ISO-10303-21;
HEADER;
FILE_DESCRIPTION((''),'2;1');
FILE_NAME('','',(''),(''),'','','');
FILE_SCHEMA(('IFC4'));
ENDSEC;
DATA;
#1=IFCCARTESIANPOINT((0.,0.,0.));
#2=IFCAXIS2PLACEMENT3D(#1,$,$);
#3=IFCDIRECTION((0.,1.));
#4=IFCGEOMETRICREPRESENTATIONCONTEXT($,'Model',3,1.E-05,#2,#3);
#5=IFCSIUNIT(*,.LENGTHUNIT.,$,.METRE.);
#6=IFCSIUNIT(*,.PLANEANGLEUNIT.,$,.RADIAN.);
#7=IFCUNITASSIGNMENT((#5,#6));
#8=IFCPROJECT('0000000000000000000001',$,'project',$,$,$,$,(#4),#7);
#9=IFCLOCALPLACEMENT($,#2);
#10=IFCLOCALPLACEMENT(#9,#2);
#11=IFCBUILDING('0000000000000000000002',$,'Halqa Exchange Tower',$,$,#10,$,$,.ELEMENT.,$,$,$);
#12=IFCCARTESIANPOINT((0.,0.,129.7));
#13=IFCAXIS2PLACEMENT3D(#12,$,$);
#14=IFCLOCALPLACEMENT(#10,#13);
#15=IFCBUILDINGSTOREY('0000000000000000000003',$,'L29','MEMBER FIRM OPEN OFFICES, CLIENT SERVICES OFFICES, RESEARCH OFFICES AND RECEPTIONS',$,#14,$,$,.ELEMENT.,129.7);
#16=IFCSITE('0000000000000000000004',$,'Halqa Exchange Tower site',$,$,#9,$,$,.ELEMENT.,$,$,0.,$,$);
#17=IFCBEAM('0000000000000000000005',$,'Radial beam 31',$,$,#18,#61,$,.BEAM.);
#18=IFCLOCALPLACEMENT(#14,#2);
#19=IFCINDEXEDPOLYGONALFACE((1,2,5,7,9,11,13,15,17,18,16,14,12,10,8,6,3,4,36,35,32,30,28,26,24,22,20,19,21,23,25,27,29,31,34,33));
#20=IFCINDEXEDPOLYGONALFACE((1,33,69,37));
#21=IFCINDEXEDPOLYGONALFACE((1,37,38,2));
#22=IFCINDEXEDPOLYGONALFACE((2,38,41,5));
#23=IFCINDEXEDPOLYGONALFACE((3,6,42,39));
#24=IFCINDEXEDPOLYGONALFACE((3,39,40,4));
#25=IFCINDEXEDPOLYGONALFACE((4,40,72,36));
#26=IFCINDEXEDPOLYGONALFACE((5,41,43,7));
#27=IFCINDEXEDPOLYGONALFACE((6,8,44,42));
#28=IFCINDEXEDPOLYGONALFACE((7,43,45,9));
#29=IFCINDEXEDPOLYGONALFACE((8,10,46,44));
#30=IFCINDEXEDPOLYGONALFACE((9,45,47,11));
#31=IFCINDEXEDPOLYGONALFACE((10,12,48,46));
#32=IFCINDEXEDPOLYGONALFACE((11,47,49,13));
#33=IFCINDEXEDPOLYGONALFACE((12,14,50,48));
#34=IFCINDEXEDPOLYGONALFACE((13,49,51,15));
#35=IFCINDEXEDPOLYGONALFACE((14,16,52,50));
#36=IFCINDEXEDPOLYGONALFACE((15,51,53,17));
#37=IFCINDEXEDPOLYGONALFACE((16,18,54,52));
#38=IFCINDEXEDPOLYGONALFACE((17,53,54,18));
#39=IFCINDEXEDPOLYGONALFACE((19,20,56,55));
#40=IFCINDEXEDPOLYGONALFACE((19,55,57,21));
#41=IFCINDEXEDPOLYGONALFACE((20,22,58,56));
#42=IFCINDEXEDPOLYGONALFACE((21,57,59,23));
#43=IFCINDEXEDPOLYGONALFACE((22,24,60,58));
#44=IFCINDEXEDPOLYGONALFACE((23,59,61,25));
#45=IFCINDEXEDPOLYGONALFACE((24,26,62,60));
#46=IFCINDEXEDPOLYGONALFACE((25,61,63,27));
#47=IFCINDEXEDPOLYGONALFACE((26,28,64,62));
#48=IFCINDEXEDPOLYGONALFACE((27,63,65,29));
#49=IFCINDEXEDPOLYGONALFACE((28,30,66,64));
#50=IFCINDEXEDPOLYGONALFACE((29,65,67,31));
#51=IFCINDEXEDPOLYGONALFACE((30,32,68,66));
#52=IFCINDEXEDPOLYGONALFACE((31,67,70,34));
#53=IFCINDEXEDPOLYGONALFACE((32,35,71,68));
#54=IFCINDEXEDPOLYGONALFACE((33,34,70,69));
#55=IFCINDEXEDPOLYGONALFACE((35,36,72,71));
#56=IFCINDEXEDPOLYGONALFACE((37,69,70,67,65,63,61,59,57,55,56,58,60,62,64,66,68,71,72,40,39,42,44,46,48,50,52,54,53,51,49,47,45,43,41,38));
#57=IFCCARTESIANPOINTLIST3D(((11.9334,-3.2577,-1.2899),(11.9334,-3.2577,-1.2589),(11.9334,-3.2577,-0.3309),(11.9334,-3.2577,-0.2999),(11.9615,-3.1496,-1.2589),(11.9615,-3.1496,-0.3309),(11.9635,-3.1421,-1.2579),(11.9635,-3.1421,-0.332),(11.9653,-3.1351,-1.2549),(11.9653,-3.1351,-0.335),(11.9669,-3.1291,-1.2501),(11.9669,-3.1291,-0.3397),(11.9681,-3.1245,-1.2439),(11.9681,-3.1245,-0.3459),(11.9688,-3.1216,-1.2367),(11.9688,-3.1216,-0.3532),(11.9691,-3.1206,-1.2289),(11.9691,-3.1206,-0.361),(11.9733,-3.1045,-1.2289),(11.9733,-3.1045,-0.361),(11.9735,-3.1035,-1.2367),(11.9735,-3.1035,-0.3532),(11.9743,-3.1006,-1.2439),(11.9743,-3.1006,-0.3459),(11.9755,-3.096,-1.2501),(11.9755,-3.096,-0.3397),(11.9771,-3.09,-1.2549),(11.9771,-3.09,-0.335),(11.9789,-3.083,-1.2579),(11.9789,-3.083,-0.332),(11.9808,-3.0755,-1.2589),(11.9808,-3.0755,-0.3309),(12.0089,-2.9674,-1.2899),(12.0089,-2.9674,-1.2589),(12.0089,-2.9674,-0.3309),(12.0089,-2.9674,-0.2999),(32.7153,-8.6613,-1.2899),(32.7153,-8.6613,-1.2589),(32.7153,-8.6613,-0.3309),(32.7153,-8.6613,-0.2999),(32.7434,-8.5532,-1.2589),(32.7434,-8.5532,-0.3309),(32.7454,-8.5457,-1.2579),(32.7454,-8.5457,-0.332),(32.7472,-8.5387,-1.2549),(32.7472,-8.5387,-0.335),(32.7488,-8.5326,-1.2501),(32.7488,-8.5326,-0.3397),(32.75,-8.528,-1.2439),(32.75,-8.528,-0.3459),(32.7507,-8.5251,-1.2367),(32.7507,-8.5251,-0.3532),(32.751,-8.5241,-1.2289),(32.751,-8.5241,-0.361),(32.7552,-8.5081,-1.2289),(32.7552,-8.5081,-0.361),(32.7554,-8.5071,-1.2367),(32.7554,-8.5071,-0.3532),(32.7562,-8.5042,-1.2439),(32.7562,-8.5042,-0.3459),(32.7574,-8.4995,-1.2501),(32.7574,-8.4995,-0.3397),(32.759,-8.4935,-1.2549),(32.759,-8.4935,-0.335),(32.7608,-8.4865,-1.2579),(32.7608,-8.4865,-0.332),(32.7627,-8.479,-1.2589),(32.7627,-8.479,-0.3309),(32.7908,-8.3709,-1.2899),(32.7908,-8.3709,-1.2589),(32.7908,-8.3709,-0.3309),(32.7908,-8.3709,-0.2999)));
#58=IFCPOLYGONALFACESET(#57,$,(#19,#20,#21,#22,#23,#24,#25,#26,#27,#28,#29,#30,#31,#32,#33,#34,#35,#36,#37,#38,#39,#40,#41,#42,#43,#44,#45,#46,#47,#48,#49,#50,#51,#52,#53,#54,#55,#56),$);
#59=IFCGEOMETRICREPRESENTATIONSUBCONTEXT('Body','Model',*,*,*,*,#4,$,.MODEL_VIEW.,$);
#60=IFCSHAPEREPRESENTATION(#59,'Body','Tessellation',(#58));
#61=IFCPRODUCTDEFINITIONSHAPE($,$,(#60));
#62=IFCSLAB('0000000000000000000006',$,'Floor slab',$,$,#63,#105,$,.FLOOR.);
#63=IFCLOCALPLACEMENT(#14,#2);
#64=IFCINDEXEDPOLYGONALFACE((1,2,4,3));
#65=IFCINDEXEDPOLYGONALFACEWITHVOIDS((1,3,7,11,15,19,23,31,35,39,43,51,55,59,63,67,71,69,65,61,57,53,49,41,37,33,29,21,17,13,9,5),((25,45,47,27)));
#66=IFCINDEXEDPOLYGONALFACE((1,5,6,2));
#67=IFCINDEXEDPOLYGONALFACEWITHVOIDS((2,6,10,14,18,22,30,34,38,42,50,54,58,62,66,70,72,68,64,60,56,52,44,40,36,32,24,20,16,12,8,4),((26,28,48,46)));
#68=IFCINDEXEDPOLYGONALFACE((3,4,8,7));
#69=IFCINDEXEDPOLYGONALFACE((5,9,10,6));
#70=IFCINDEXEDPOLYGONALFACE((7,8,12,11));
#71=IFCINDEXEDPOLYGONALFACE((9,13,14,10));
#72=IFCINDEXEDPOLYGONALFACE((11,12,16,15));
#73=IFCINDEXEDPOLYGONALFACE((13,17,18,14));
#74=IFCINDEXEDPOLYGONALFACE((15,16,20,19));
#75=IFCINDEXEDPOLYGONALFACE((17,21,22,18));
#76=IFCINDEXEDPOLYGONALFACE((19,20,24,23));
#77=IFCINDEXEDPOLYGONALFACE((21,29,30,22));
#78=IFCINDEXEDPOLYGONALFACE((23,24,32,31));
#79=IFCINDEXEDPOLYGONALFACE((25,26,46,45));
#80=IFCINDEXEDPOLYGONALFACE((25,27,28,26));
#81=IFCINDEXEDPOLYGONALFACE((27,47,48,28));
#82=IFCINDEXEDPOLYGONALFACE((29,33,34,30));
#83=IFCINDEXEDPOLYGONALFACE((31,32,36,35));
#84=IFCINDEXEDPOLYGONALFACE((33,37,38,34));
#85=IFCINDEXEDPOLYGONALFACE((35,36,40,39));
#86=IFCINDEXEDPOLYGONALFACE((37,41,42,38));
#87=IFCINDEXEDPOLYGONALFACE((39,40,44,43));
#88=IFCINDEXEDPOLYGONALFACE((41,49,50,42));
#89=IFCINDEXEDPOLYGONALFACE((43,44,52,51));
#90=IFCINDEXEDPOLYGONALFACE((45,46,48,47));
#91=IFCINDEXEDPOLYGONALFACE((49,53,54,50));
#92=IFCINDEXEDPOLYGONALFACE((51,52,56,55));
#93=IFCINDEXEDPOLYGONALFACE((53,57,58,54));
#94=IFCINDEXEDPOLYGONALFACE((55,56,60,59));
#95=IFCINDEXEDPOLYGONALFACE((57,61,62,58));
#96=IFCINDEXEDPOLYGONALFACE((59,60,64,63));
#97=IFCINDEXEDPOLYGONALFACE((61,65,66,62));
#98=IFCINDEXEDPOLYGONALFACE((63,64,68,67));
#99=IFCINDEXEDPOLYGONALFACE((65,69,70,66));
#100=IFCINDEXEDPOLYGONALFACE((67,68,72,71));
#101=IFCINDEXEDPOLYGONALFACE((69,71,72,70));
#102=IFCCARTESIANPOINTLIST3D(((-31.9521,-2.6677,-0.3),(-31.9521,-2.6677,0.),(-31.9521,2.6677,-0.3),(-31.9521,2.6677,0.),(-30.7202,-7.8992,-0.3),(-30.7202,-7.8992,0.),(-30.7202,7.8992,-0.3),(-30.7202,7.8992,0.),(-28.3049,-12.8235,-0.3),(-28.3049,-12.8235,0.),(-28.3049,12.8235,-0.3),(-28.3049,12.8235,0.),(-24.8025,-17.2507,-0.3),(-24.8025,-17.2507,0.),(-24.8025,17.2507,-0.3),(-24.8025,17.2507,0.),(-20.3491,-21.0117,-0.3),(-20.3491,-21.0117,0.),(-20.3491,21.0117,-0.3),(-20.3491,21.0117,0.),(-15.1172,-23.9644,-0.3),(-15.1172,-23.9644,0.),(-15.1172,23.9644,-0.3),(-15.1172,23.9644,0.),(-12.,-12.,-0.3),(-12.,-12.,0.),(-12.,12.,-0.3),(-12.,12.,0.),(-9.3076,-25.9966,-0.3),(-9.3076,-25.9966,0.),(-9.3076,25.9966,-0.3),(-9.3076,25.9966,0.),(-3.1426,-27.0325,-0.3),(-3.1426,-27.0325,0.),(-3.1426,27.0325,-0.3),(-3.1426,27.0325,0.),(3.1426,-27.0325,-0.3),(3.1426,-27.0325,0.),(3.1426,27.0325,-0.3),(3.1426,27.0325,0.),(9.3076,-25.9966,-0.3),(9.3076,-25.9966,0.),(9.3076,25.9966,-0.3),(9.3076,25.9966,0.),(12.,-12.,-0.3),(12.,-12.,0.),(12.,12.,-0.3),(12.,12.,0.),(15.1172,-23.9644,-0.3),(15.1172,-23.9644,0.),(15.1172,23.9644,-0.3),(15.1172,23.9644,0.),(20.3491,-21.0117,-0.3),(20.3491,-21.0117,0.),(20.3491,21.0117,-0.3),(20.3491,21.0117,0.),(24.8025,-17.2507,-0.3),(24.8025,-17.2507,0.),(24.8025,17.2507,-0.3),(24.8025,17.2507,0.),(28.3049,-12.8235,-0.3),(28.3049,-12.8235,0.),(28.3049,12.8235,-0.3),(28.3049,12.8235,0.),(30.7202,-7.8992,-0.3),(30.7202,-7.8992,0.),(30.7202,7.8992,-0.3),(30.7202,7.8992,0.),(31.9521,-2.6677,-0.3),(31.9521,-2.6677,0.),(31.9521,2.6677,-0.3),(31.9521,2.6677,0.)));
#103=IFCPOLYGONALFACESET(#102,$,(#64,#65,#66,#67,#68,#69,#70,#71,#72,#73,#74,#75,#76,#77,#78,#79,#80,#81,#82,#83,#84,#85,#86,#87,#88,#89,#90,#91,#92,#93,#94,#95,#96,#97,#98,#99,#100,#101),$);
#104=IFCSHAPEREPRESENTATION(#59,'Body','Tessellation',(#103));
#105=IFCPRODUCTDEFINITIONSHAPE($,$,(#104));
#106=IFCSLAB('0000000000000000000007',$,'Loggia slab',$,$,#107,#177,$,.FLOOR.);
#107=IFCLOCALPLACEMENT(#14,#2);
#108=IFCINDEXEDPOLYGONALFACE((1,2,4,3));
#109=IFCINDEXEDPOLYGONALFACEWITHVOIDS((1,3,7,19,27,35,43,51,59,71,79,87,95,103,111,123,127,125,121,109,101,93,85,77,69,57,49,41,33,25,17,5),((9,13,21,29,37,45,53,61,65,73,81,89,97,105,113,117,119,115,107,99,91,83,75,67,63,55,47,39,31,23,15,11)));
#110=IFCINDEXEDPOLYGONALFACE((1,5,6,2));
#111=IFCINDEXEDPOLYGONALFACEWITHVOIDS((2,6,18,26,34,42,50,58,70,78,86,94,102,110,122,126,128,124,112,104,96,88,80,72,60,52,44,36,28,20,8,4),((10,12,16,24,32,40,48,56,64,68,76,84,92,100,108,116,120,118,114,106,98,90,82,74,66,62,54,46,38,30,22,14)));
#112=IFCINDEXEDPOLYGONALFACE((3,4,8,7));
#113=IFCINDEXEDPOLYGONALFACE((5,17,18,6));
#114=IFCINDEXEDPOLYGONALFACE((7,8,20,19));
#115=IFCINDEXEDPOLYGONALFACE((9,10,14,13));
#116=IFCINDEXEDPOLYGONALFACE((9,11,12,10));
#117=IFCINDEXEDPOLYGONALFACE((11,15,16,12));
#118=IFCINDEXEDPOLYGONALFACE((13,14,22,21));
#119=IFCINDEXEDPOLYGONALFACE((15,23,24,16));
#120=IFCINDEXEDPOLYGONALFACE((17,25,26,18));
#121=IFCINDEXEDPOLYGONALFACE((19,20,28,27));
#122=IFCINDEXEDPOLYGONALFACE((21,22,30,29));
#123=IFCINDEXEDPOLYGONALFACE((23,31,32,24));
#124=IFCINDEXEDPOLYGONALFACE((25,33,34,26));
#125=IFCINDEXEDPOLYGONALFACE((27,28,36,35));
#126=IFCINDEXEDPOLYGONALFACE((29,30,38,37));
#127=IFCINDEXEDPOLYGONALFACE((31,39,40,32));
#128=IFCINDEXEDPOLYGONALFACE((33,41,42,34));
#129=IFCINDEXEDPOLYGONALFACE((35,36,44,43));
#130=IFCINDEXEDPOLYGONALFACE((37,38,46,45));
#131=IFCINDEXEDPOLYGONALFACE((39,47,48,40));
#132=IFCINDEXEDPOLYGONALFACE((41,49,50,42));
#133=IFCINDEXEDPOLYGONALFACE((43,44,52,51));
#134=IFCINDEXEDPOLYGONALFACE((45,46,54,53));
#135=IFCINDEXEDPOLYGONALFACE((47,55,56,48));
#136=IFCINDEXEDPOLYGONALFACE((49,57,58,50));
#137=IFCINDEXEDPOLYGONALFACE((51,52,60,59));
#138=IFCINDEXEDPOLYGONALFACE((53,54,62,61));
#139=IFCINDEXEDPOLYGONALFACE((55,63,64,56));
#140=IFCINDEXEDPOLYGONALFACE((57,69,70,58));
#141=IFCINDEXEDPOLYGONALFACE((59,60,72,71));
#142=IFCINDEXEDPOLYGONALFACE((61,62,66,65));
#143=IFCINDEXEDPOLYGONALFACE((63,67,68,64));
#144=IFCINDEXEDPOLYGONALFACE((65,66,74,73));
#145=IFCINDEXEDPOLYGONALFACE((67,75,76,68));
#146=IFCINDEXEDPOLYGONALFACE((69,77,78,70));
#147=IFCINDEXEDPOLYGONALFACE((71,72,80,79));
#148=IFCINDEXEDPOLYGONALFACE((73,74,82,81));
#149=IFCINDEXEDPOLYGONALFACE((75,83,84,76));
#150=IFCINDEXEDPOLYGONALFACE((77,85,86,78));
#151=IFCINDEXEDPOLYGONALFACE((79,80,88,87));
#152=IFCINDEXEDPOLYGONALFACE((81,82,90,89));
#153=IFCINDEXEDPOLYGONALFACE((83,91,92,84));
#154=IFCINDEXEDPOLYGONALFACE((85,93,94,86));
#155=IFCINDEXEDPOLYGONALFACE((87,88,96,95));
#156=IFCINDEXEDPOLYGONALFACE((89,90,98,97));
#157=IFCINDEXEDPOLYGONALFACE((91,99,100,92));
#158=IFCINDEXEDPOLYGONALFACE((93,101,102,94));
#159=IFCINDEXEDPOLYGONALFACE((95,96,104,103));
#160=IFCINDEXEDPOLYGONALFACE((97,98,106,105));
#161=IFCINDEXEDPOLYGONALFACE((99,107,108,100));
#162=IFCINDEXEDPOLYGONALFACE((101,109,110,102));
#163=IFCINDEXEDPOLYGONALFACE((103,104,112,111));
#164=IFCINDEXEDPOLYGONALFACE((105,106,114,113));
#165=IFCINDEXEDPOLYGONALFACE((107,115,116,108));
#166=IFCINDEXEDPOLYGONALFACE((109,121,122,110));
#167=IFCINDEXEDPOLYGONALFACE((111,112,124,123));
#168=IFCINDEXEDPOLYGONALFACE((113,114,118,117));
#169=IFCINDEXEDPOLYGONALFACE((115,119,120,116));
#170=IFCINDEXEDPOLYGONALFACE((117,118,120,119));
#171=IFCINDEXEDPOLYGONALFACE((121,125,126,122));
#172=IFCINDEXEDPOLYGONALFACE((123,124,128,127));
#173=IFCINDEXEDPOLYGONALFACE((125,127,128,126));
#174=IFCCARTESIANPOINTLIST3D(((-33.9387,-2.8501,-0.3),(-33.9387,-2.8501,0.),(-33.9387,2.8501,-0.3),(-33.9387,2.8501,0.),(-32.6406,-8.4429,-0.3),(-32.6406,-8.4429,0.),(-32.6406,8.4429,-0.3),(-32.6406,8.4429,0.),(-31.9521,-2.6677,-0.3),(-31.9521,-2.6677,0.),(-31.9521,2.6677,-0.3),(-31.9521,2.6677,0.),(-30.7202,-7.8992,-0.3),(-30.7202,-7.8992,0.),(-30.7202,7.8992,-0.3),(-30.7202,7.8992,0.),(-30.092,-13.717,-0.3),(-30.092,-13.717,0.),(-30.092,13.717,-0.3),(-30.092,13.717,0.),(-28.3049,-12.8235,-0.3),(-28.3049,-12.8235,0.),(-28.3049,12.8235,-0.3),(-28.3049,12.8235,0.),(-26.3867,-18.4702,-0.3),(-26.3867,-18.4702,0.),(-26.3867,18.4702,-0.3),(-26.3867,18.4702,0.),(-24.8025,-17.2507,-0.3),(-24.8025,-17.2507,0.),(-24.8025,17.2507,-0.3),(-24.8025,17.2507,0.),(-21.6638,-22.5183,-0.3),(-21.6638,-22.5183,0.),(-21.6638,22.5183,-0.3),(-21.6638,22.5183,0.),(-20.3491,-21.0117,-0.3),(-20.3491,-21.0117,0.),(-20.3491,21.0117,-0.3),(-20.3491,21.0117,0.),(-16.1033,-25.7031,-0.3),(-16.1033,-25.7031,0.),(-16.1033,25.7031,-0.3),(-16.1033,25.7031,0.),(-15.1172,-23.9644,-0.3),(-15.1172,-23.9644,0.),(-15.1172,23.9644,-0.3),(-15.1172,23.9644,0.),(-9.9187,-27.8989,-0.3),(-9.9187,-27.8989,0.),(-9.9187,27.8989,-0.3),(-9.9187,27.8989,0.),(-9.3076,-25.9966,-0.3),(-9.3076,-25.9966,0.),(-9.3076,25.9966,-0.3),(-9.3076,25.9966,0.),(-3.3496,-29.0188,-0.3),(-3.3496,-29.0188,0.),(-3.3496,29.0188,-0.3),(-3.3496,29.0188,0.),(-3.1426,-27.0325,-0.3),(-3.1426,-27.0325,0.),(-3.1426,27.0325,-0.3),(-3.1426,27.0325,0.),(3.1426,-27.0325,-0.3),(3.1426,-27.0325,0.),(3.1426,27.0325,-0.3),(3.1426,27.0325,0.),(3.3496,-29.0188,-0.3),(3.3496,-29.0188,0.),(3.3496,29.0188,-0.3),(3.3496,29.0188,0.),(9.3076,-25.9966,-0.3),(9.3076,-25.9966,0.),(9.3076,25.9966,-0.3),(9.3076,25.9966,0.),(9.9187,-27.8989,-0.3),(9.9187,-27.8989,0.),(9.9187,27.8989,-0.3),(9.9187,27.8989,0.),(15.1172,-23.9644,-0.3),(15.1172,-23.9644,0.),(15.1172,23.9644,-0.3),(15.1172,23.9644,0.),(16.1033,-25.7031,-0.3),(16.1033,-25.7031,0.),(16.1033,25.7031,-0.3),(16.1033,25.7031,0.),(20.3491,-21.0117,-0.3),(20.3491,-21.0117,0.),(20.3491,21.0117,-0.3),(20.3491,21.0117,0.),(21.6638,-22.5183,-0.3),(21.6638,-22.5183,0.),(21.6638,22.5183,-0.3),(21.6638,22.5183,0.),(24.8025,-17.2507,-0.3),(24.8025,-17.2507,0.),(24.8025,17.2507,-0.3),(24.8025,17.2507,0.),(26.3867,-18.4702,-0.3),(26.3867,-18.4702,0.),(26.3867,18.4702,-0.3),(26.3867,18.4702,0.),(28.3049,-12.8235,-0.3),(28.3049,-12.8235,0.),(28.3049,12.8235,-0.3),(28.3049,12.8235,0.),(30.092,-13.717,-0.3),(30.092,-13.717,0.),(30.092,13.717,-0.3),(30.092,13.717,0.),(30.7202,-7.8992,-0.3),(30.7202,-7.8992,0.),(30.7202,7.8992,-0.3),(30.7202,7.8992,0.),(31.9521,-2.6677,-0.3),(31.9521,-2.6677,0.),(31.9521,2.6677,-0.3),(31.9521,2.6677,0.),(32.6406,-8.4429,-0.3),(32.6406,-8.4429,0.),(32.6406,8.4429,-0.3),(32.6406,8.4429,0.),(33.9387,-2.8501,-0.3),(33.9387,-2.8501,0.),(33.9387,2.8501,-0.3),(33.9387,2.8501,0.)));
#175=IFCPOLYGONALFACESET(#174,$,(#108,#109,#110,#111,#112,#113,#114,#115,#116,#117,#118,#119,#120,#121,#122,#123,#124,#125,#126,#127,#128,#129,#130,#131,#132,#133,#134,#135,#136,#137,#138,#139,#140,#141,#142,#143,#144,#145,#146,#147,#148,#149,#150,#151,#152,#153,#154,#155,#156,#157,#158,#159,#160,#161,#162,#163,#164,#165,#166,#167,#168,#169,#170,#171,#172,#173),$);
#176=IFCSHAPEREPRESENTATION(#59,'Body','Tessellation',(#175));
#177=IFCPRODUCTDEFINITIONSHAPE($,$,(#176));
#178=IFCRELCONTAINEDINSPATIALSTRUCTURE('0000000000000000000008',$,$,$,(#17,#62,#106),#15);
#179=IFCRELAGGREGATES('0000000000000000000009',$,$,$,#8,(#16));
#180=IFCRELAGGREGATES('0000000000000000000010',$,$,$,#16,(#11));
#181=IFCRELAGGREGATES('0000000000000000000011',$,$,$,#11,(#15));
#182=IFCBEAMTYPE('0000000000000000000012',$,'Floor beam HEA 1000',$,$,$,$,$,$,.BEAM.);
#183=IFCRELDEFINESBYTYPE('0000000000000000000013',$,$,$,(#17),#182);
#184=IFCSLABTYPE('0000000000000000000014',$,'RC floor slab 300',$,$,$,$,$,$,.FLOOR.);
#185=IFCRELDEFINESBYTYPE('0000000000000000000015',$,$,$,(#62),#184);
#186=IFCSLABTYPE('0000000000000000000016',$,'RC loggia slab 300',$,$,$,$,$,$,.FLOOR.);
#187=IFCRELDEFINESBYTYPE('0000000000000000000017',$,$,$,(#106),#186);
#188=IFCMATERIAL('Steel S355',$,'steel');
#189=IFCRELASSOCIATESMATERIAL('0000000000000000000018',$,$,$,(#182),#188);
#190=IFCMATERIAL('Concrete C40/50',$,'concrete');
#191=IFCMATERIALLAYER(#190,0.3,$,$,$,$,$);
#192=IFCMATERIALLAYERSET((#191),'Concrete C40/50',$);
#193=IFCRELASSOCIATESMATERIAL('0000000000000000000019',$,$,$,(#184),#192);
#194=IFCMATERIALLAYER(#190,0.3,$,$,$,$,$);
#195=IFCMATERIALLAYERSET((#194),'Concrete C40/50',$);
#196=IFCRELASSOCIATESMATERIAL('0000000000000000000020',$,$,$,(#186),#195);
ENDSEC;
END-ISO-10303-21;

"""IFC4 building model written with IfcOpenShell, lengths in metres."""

from ifc_helpers import new_model, si_unit, direction, frame, origin, origin_2d, place, context, subcontext, project, spatial, polyline, i_section, outline, extrude, material, layer, layer_set, material_profile, profile_set, type_object, element, save


model = new_model("IFC4")

# Units and contexts
model_context = context("Model", 3, precision=1e-05, world=origin(), true_north=direction((0.0, 1.0)))
body_context = subcontext(model_context, "Body", "Model", "MODEL_VIEW")
ifc_project = project(units=[si_unit("LENGTHUNIT", "METRE"), si_unit("PLANEANGLEUNIT", "RADIAN")], contexts=[model_context])

# Site, building, storey
site_placement = place(None, origin())
site = spatial("IfcSite", under=ifc_project, at=site_placement, Name="Halqa Exchange Tower site", CompositionType="ELEMENT", RefElevation=0.0)
building_placement = place(site_placement, origin())
building = spatial("IfcBuilding", under=site, at=building_placement, Name="Halqa Exchange Tower", CompositionType="ELEMENT")
storey_placement = place(building_placement, frame((0.0, 0.0, 129.7)))
storey = spatial("IfcBuildingStorey", under=building, at=storey_placement, Name="L29", Description="MEMBER FIRM OPEN OFFICES, CLIENT SERVICES OFFICES, RESEARCH OFFICES AND RECEPTIONS", CompositionType="ELEMENT", Elevation=129.7)

# Beam
ifc_material_1 = material(Name="Steel S355", Category="steel")
ifc_material_profile = material_profile(ifc_material_1, i_section(OverallWidth=0.3, OverallDepth=0.99, WebThickness=0.0166, FlangeThickness=0.031, FilletRadius=0.03, at=origin_2d()), Name="HEA 1000")
ifc_profile_set = profile_set([ifc_material_profile], Name="Steel S355")
beam_type = type_object("IfcBeamType", Name="Floor beam HEA 1000", PredefinedType="BEAM", material=ifc_profile_set)
beam_placement = place(storey_placement, frame((11.9712, -3.1125, -0.7949), z_axis=(0.96782, -0.251645, 0.0), x_axis=(0.251645, 0.96782, 0.0)))
element("IfcBeam", 1, at=beam_placement, inside=storey, type_object=beam_type, Name="Radial beam 31", PredefinedType="BEAM", context=body_context, shape_type="SweptSolid", body=[
    extrude(i_section(OverallWidth=0.3, OverallDepth=0.99, WebThickness=0.0166, FlangeThickness=0.031, FilletRadius=0.03, at=origin_2d()), origin(), (0.0, 0.0, 1.0), 21.4729),
])

# Slabs
ifc_material_2 = material(Name="Concrete C40/50", Category="concrete")
ifc_layer_1 = layer(ifc_material_2, 0.3)
ifc_layer_set_1 = layer_set([ifc_layer_1], Name="Concrete C40/50")
slab_type_1 = type_object("IfcSlabType", Name="RC floor slab 300", PredefinedType="FLOOR", material=ifc_layer_set_1)
slab_1_placement = place(storey_placement, frame((0.0, 0.0, -0.3)))
element("IfcSlab", 2, at=slab_1_placement, inside=storey, type_object=slab_type_1, Name="Floor slab", PredefinedType="FLOOR", context=body_context, shape_type="SweptSolid", body=[
    extrude(outline(polyline([(31.9521, 2.6677), (30.7202, 7.8992), (28.3049, 12.8235), (24.8025, 17.2507), (20.3491, 21.0117), (15.1172, 23.9644), (9.3076, 25.9966), (3.1426, 27.0325), (-3.1426, 27.0325), (-9.3076, 25.9966), (-15.1172, 23.9644), (-20.3491, 21.0117), (-24.8025, 17.2507), (-28.3049, 12.8235), (-30.7202, 7.8992), (-31.9521, 2.6677), (-31.9521, -2.6677), (-30.7202, -7.8992), (-28.3049, -12.8235), (-24.8025, -17.2507), (-20.3491, -21.0117), (-15.1172, -23.9644), (-9.3076, -25.9966), (-3.1426, -27.0325), (3.1426, -27.0325), (9.3076, -25.9966), (15.1172, -23.9644), (20.3491, -21.0117), (24.8025, -17.2507), (28.3049, -12.8235), (30.7202, -7.8992), (31.9521, -2.6677), (31.9521, 2.6677)]), holes=[polyline([(-12.0, -12.0), (12.0, -12.0), (12.0, 12.0), (-12.0, 12.0), (-12.0, -12.0)])]), origin(), (0.0, 0.0, 1.0), 0.3),
])
ifc_layer_2 = layer(ifc_material_2, 0.3)
ifc_layer_set_2 = layer_set([ifc_layer_2], Name="Concrete C40/50")
slab_type_2 = type_object("IfcSlabType", Name="RC loggia slab 300", PredefinedType="FLOOR", material=ifc_layer_set_2)
slab_2_placement = place(storey_placement, frame((0.0, 0.0, -0.3)))
element("IfcSlab", 3, at=slab_2_placement, inside=storey, type_object=slab_type_2, Name="Loggia slab", PredefinedType="FLOOR", context=body_context, shape_type="SweptSolid", body=[
    extrude(outline(polyline([(33.9387, 2.8501), (33.9387, -2.8501), (32.6406, -8.4429), (30.092, -13.717), (26.3867, -18.4702), (21.6638, -22.5183), (16.1033, -25.7031), (9.9187, -27.8989), (3.3496, -29.0188), (-3.3496, -29.0188), (-9.9187, -27.8989), (-16.1033, -25.7031), (-21.6638, -22.5183), (-26.3867, -18.4702), (-30.092, -13.717), (-32.6406, -8.4429), (-33.9387, -2.8501), (-33.9387, 2.8501), (-32.6406, 8.4429), (-30.092, 13.717), (-26.3867, 18.4702), (-21.6638, 22.5183), (-16.1033, 25.7031), (-9.9187, 27.8989), (-3.3496, 29.0188), (3.3496, 29.0188), (9.9187, 27.8989), (16.1033, 25.7031), (21.6638, 22.5183), (26.3867, 18.4702), (30.092, 13.717), (32.6406, 8.4429), (33.9387, 2.8501)]), holes=[polyline([(31.9521, 2.6677), (30.7202, 7.8992), (28.3049, 12.8235), (24.8025, 17.2507), (20.3491, 21.0117), (15.1172, 23.9644), (9.3076, 25.9966), (3.1426, 27.0325), (-3.1426, 27.0325), (-9.3076, 25.9966), (-15.1172, 23.9644), (-20.3491, 21.0117), (-24.8025, 17.2507), (-28.3049, 12.8235), (-30.7202, 7.8992), (-31.9521, 2.6677), (-31.9521, -2.6677), (-30.7202, -7.8992), (-28.3049, -12.8235), (-24.8025, -17.2507), (-20.3491, -21.0117), (-15.1172, -23.9644), (-9.3076, -25.9966), (-3.1426, -27.0325), (3.1426, -27.0325), (9.3076, -25.9966), (15.1172, -23.9644), (20.3491, -21.0117), (24.8025, -17.2507), (28.3049, -12.8235), (30.7202, -7.8992), (31.9521, -2.6677), (31.9521, 2.6677)])]), origin(), (0.0, 0.0, 1.0), 0.3),
])

save(model, "model.ifc")
